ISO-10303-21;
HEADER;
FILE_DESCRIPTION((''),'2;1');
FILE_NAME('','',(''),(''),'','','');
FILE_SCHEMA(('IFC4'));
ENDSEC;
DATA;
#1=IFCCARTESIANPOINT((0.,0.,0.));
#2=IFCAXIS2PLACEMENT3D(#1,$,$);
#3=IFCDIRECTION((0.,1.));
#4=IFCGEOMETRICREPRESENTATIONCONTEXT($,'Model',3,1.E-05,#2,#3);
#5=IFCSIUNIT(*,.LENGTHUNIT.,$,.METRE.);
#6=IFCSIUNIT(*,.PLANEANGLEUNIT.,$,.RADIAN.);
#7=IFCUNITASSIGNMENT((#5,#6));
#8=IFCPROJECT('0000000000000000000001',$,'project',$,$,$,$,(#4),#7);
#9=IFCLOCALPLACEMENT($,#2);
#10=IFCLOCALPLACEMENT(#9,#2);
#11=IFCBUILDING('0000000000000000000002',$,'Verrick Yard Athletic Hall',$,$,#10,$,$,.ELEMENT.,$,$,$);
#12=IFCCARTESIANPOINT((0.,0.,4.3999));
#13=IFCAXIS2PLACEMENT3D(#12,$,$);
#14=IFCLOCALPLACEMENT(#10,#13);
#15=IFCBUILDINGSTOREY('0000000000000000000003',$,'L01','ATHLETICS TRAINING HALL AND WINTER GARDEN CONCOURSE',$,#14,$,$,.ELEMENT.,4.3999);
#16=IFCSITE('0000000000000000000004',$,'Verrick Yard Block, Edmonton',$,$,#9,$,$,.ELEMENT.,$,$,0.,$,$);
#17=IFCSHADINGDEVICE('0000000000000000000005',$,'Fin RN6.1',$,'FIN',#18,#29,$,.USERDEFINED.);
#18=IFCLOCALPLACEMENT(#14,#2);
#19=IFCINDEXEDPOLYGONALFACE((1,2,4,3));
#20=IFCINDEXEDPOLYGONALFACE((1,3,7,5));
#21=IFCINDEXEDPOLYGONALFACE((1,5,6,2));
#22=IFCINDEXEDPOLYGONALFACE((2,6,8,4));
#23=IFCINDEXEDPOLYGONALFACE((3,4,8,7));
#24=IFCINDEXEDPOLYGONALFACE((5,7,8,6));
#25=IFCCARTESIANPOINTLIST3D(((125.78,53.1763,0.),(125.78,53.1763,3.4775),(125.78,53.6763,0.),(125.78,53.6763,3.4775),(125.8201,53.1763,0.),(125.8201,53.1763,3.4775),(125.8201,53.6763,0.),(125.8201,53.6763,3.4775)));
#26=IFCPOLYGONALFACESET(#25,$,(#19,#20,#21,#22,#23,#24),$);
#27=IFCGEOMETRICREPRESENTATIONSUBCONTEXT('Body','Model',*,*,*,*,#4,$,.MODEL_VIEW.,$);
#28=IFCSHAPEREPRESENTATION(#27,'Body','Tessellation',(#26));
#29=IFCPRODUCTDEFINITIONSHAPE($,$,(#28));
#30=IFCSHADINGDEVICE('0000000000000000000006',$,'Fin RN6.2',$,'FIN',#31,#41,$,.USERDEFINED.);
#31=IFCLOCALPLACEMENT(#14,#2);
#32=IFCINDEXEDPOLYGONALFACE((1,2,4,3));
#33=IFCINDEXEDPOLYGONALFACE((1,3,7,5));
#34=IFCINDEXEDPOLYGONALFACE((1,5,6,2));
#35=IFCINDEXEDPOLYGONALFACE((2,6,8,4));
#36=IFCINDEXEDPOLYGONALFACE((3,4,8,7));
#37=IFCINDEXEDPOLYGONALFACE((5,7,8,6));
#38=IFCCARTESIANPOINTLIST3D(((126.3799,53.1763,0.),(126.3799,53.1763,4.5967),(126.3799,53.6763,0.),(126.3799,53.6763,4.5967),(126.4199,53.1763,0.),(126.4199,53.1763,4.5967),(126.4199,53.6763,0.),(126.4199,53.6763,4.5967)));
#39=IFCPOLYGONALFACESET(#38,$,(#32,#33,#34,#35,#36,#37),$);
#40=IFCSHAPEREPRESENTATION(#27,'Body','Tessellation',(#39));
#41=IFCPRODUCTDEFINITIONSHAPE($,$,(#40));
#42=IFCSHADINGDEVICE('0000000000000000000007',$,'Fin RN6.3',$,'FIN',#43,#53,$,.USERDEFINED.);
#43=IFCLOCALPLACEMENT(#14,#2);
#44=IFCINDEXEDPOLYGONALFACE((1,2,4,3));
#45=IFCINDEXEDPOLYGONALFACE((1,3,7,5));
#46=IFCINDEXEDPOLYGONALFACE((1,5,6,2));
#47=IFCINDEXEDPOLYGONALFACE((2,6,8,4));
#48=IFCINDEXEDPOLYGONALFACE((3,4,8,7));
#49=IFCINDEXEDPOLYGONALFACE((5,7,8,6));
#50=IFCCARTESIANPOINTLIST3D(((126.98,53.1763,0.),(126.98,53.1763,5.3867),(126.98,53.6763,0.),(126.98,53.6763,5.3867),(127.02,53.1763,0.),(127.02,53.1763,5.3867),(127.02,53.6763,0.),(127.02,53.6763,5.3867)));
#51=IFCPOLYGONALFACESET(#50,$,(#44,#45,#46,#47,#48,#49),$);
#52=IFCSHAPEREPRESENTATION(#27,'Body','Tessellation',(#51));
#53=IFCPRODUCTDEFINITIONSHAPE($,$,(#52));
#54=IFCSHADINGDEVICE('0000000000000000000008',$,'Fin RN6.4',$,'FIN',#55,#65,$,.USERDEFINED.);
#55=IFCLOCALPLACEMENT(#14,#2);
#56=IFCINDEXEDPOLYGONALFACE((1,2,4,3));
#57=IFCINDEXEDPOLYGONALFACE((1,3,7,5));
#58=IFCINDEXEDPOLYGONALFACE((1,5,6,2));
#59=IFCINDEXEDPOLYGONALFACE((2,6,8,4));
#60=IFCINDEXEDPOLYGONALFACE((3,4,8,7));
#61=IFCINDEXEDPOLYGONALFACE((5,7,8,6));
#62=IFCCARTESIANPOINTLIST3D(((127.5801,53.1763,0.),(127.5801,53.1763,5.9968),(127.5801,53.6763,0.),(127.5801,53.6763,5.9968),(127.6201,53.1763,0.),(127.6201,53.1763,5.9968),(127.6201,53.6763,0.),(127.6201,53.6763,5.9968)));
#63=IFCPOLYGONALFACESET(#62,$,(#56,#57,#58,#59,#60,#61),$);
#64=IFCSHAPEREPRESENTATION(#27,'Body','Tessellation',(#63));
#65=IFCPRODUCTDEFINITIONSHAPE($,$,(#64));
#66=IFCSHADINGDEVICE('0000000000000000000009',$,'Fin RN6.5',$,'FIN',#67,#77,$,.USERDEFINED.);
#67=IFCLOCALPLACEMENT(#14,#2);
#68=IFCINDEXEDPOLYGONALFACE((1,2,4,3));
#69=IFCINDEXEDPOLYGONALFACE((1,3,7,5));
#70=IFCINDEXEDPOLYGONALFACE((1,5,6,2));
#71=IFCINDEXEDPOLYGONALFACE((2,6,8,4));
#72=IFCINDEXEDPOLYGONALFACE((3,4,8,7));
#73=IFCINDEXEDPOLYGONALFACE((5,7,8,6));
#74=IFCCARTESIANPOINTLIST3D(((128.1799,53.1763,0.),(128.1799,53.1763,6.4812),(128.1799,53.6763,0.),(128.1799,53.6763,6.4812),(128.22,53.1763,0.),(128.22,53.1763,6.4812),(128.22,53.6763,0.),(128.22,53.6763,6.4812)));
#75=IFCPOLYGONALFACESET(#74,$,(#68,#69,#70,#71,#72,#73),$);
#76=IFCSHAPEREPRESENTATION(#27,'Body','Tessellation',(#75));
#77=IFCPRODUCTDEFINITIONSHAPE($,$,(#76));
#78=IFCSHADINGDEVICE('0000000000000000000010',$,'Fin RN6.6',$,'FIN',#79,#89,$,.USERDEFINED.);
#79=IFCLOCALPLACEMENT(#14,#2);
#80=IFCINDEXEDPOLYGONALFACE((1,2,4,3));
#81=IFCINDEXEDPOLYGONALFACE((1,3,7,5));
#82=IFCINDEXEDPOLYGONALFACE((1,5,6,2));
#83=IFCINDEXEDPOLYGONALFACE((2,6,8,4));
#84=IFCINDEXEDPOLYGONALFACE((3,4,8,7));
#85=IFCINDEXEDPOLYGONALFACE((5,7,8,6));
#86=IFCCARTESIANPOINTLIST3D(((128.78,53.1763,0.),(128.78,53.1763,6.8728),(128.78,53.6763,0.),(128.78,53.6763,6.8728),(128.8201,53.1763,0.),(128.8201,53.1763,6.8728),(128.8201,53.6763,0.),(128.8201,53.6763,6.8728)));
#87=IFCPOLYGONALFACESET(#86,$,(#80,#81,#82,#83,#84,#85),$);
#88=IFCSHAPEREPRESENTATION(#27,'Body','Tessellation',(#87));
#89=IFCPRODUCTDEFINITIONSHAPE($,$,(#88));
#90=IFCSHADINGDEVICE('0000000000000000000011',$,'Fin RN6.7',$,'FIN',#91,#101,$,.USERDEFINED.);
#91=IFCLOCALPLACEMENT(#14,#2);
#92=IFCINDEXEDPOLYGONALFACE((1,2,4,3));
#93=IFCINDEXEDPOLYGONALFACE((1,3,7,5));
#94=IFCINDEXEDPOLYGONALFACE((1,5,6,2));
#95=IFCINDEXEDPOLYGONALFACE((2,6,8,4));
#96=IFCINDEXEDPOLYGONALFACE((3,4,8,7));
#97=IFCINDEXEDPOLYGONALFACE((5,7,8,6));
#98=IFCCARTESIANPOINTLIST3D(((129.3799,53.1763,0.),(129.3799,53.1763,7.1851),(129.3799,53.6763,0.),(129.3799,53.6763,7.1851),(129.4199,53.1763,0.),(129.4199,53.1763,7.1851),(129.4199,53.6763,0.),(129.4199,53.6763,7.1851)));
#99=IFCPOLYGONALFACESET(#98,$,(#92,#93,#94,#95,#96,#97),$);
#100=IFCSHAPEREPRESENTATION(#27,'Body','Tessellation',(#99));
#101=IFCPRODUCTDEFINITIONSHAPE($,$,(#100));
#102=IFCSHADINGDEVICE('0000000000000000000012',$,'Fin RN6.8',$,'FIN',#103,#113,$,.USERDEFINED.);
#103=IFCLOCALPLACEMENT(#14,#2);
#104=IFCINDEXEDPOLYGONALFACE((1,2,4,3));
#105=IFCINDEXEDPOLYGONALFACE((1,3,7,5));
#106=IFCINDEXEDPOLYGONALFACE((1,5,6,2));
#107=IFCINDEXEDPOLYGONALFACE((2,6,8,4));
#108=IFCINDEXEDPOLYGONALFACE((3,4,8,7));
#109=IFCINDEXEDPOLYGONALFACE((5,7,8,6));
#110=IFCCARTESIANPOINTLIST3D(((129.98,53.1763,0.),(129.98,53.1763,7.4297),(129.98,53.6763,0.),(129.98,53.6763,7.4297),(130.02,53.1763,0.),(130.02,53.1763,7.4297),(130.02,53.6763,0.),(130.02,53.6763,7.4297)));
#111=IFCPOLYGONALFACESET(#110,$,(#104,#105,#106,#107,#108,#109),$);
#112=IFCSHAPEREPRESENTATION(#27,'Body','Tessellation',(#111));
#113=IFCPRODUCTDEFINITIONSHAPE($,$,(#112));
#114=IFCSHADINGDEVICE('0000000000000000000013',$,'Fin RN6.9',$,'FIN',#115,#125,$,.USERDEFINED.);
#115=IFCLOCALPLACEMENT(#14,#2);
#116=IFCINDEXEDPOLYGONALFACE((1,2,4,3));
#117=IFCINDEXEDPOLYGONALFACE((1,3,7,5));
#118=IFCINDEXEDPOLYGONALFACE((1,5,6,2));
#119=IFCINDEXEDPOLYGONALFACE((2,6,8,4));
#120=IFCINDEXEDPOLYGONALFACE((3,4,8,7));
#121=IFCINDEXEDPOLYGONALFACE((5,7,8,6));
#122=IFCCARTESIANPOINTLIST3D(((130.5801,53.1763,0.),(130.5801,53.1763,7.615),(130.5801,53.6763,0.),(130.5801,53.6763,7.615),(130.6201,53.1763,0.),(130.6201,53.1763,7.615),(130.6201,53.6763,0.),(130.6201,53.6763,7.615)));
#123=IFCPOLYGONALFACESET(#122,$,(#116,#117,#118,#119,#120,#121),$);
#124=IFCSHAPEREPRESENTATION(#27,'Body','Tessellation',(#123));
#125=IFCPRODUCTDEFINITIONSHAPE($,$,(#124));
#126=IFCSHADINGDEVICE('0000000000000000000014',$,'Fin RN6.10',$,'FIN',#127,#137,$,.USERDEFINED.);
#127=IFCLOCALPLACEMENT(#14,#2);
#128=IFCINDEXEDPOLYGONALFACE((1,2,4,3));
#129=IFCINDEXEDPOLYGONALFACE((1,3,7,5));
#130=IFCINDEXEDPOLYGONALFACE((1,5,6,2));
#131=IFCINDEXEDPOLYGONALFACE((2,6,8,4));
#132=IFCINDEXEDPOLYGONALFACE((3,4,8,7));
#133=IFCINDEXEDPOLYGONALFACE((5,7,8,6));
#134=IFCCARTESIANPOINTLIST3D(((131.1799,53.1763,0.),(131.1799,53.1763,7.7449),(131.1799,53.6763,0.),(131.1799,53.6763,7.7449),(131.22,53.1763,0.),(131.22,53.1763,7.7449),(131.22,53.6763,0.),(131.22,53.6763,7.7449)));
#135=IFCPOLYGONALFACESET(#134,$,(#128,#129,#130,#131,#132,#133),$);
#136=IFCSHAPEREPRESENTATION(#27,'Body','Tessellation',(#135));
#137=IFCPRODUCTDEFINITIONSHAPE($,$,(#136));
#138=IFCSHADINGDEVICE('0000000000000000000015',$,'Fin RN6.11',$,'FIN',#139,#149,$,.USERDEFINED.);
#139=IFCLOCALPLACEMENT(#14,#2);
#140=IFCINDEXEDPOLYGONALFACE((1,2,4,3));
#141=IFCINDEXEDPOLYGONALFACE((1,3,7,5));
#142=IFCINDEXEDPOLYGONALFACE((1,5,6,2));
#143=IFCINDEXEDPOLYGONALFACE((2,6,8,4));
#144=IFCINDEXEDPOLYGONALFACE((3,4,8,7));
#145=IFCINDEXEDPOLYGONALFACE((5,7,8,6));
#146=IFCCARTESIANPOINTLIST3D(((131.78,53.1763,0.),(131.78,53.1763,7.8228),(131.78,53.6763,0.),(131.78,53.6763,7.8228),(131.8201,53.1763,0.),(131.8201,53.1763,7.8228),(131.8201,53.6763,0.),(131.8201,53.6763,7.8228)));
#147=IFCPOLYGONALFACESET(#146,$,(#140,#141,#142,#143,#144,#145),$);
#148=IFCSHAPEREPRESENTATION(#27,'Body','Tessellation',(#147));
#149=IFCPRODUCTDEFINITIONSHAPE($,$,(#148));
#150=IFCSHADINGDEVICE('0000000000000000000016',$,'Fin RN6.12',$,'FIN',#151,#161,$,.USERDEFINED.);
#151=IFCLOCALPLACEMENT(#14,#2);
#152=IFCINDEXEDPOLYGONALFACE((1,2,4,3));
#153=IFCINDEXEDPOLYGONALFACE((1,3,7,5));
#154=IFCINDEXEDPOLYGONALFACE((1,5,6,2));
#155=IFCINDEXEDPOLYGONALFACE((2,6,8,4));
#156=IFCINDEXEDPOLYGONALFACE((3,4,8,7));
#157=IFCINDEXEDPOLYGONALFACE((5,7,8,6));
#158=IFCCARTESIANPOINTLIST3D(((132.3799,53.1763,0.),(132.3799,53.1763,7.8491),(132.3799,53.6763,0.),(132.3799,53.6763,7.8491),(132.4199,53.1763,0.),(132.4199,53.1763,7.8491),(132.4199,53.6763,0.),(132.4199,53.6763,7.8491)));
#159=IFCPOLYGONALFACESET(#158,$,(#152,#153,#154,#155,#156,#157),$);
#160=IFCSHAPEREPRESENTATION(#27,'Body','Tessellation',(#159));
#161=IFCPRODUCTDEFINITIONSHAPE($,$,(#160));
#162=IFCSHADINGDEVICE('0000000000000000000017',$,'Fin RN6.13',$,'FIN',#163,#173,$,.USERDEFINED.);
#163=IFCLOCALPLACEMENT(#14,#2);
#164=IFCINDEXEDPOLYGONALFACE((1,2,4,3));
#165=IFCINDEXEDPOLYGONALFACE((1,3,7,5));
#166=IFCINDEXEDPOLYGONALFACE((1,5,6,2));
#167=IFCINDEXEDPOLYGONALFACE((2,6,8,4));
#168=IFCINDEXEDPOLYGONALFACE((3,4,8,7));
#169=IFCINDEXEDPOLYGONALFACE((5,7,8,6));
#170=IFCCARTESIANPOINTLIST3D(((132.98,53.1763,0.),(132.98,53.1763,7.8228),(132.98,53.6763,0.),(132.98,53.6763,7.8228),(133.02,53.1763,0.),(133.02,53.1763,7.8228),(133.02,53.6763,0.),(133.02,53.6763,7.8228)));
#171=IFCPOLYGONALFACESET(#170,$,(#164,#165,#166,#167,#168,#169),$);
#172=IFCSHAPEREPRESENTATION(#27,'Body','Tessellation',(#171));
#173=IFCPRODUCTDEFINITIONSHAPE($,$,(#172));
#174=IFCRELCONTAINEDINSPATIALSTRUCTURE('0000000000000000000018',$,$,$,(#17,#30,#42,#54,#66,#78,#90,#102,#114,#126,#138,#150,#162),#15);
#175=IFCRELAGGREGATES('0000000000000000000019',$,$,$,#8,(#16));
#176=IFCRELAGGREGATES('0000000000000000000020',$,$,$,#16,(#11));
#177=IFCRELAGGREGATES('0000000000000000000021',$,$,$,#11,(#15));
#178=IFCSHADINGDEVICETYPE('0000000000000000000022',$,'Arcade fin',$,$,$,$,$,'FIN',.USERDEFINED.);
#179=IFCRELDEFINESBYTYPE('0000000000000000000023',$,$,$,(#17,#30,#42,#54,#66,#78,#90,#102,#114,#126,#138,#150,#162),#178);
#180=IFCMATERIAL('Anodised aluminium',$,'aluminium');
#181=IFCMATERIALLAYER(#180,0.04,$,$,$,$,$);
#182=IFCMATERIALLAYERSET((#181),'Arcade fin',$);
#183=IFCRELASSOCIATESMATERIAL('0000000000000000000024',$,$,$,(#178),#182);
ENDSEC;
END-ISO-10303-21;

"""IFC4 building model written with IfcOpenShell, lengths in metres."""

from ifc_helpers import new_model, si_unit, direction, frame, origin, place, context, subcontext, project, spatial, polyline, outline, extrude, material, layer, layer_set, type_object, element, save


model = new_model("IFC4")

# Units and contexts
model_context = context("Model", 3, precision=1e-05, world=origin(), true_north=direction((0.0, 1.0)))
body_context = subcontext(model_context, "Body", "Model", "MODEL_VIEW")
ifc_project = project(units=[si_unit("LENGTHUNIT", "METRE"), si_unit("PLANEANGLEUNIT", "RADIAN")], contexts=[model_context])

# Site, building, storey
site_placement = place(None, origin())
site = spatial("IfcSite", under=ifc_project, at=site_placement, Name="Verrick Yard Block, Edmonton", CompositionType="ELEMENT", RefElevation=0.0)
building_placement = place(site_placement, origin())
building = spatial("IfcBuilding", under=site, at=building_placement, Name="Verrick Yard Athletic Hall", CompositionType="ELEMENT")
storey_placement = place(building_placement, frame((0.0, 0.0, 4.3999)))
storey = spatial("IfcBuildingStorey", under=building, at=storey_placement, Name="L01", Description="ATHLETICS TRAINING HALL AND WINTER GARDEN CONCOURSE", CompositionType="ELEMENT", Elevation=4.3999)

# Shading devices
ifc_material_1 = material(Name="Anodised aluminium", Category="aluminium")
ifc_layer_1 = layer(ifc_material_1, 0.04)
ifc_layer_set_1 = layer_set([ifc_layer_1], Name="Arcade fin")
shading_device_type_1 = type_object("IfcShadingDeviceType", Name="Arcade fin", ElementType="FIN", PredefinedType="USERDEFINED", material=ifc_layer_set_1)
shading_device_1_placement = place(storey_placement, frame((125.8, 53.1763, 0.0), z_axis=(0.0, 0.0, 1.0), x_axis=(0.0, 1.0, 0.0)))
element("IfcShadingDevice", 1, at=shading_device_1_placement, inside=storey, type_object=shading_device_type_1, Name="Fin RN6.1", ObjectType="FIN", PredefinedType="USERDEFINED", context=body_context, shape_type="SweptSolid", body=[
    extrude(outline(polyline([(0.0, 0.0), (0.5, 0.0), (0.5, 3.4775), (0.0, 3.4775), (0.0, 0.0)])), frame((0.0, 0.02, 0.0), z_axis=(0.0, -1.0, 0.0), x_axis=(1.0, 0.0, 0.0)), (0.0, 0.0, 1.0), 0.04),
])
shading_device_2_placement = place(storey_placement, frame((126.3999, 53.1763, 0.0), z_axis=(0.0, 0.0, 1.0), x_axis=(0.0, 1.0, 0.0)))
element("IfcShadingDevice", 2, at=shading_device_2_placement, inside=storey, type_object=shading_device_type_1, Name="Fin RN6.2", ObjectType="FIN", PredefinedType="USERDEFINED", context=body_context, shape_type="SweptSolid", body=[
    extrude(outline(polyline([(0.0, 0.0), (0.5, 0.0), (0.5, 4.5967), (0.0, 4.5967), (0.0, 0.0)])), frame((0.0, 0.02, 0.0), z_axis=(0.0, -1.0, 0.0), x_axis=(1.0, 0.0, 0.0)), (0.0, 0.0, 1.0), 0.04),
])
shading_device_3_placement = place(storey_placement, frame((127.0, 53.1763, 0.0), z_axis=(0.0, 0.0, 1.0), x_axis=(0.0, 1.0, 0.0)))
element("IfcShadingDevice", 3, at=shading_device_3_placement, inside=storey, type_object=shading_device_type_1, Name="Fin RN6.3", ObjectType="FIN", PredefinedType="USERDEFINED", context=body_context, shape_type="SweptSolid", body=[
    extrude(outline(polyline([(0.0, 0.0), (0.5, 0.0), (0.5, 5.3867), (0.0, 5.3867), (0.0, 0.0)])), frame((0.0, 0.02, 0.0), z_axis=(0.0, -1.0, 0.0), x_axis=(1.0, 0.0, 0.0)), (0.0, 0.0, 1.0), 0.04),
])
shading_device_4_placement = place(storey_placement, frame((127.6001, 53.1763, 0.0), z_axis=(0.0, 0.0, 1.0), x_axis=(0.0, 1.0, 0.0)))
element("IfcShadingDevice", 4, at=shading_device_4_placement, inside=storey, type_object=shading_device_type_1, Name="Fin RN6.4", ObjectType="FIN", PredefinedType="USERDEFINED", context=body_context, shape_type="SweptSolid", body=[
    extrude(outline(polyline([(0.0, 0.0), (0.5, 0.0), (0.5, 5.9968), (0.0, 5.9968), (0.0, 0.0)])), frame((0.0, 0.02, 0.0), z_axis=(0.0, -1.0, 0.0), x_axis=(1.0, 0.0, 0.0)), (0.0, 0.0, 1.0), 0.04),
])
shading_device_5_placement = place(storey_placement, frame((128.2, 53.1763, 0.0), z_axis=(0.0, 0.0, 1.0), x_axis=(0.0, 1.0, 0.0)))
element("IfcShadingDevice", 5, at=shading_device_5_placement, inside=storey, type_object=shading_device_type_1, Name="Fin RN6.5", ObjectType="FIN", PredefinedType="USERDEFINED", context=body_context, shape_type="SweptSolid", body=[
    extrude(outline(polyline([(0.0, 0.0), (0.5, 0.0), (0.5, 6.4812), (0.0, 6.4812), (0.0, 0.0)])), frame((0.0, 0.02, 0.0), z_axis=(0.0, -1.0, 0.0), x_axis=(1.0, 0.0, 0.0)), (0.0, 0.0, 1.0), 0.04),
])
shading_device_6_placement = place(storey_placement, frame((128.8, 53.1763, 0.0), z_axis=(0.0, 0.0, 1.0), x_axis=(0.0, 1.0, 0.0)))
element("IfcShadingDevice", 6, at=shading_device_6_placement, inside=storey, type_object=shading_device_type_1, Name="Fin RN6.6", ObjectType="FIN", PredefinedType="USERDEFINED", context=body_context, shape_type="SweptSolid", body=[
    extrude(outline(polyline([(0.0, 0.0), (0.5, 0.0), (0.5, 6.8728), (0.0, 6.8728), (0.0, 0.0)])), frame((0.0, 0.02, 0.0), z_axis=(0.0, -1.0, 0.0), x_axis=(1.0, 0.0, 0.0)), (0.0, 0.0, 1.0), 0.04),
])
shading_device_7_placement = place(storey_placement, frame((129.3999, 53.1763, 0.0), z_axis=(0.0, 0.0, 1.0), x_axis=(0.0, 1.0, 0.0)))
element("IfcShadingDevice", 7, at=shading_device_7_placement, inside=storey, type_object=shading_device_type_1, Name="Fin RN6.7", ObjectType="FIN", PredefinedType="USERDEFINED", context=body_context, shape_type="SweptSolid", body=[
    extrude(outline(polyline([(0.0, 0.0), (0.5, 0.0), (0.5, 7.1851), (0.0, 7.1851), (0.0, 0.0)])), frame((0.0, 0.02, 0.0), z_axis=(0.0, -1.0, 0.0), x_axis=(1.0, 0.0, 0.0)), (0.0, 0.0, 1.0), 0.04),
])
shading_device_8_placement = place(storey_placement, frame((130.0, 53.1763, 0.0), z_axis=(0.0, 0.0, 1.0), x_axis=(0.0, 1.0, 0.0)))
element("IfcShadingDevice", 8, at=shading_device_8_placement, inside=storey, type_object=shading_device_type_1, Name="Fin RN6.8", ObjectType="FIN", PredefinedType="USERDEFINED", context=body_context, shape_type="SweptSolid", body=[
    extrude(outline(polyline([(0.0, 0.0), (0.5, 0.0), (0.5, 7.4297), (0.0, 7.4297), (0.0, 0.0)])), frame((0.0, 0.02, 0.0), z_axis=(0.0, -1.0, 0.0), x_axis=(1.0, 0.0, 0.0)), (0.0, 0.0, 1.0), 0.04),
])
shading_device_9_placement = place(storey_placement, frame((130.6001, 53.1763, 0.0), z_axis=(0.0, 0.0, 1.0), x_axis=(0.0, 1.0, 0.0)))
element("IfcShadingDevice", 9, at=shading_device_9_placement, inside=storey, type_object=shading_device_type_1, Name="Fin RN6.9", ObjectType="FIN", PredefinedType="USERDEFINED", context=body_context, shape_type="SweptSolid", body=[
    extrude(outline(polyline([(0.0, 0.0), (0.5, 0.0), (0.5, 7.615), (0.0, 7.615), (0.0, 0.0)])), frame((0.0, 0.02, 0.0), z_axis=(0.0, -1.0, 0.0), x_axis=(1.0, 0.0, 0.0)), (0.0, 0.0, 1.0), 0.04),
])
shading_device_10_placement = place(storey_placement, frame((131.2, 53.1763, 0.0), z_axis=(0.0, 0.0, 1.0), x_axis=(0.0, 1.0, 0.0)))
element("IfcShadingDevice", 10, at=shading_device_10_placement, inside=storey, type_object=shading_device_type_1, Name="Fin RN6.10", ObjectType="FIN", PredefinedType="USERDEFINED", context=body_context, shape_type="SweptSolid", body=[
    extrude(outline(polyline([(0.0, 0.0), (0.5, 0.0), (0.5, 7.7449), (0.0, 7.7449), (0.0, 0.0)])), frame((0.0, 0.02, 0.0), z_axis=(0.0, -1.0, 0.0), x_axis=(1.0, 0.0, 0.0)), (0.0, 0.0, 1.0), 0.04),
])
shading_device_11_placement = place(storey_placement, frame((131.8, 53.1763, 0.0), z_axis=(0.0, 0.0, 1.0), x_axis=(0.0, 1.0, 0.0)))
element("IfcShadingDevice", 11, at=shading_device_11_placement, inside=storey, type_object=shading_device_type_1, Name="Fin RN6.11", ObjectType="FIN", PredefinedType="USERDEFINED", context=body_context, shape_type="SweptSolid", body=[
    extrude(outline(polyline([(0.0, 0.0), (0.5, 0.0), (0.5, 7.8228), (0.0, 7.8228), (0.0, 0.0)])), frame((0.0, 0.02, 0.0), z_axis=(0.0, -1.0, 0.0), x_axis=(1.0, 0.0, 0.0)), (0.0, 0.0, 1.0), 0.04),
])
shading_device_12_placement = place(storey_placement, frame((132.3999, 53.1763, 0.0), z_axis=(0.0, 0.0, 1.0), x_axis=(0.0, 1.0, 0.0)))
element("IfcShadingDevice", 12, at=shading_device_12_placement, inside=storey, type_object=shading_device_type_1, Name="Fin RN6.12", ObjectType="FIN", PredefinedType="USERDEFINED", context=body_context, shape_type="SweptSolid", body=[
    extrude(outline(polyline([(0.0, 0.0), (0.5, 0.0), (0.5, 7.8491), (0.0, 7.8491), (0.0, 0.0)])), frame((0.0, 0.02, 0.0), z_axis=(0.0, -1.0, 0.0), x_axis=(1.0, 0.0, 0.0)), (0.0, 0.0, 1.0), 0.04),
])
shading_device_13_placement = place(storey_placement, frame((133.0, 53.1763, 0.0), z_axis=(0.0, 0.0, 1.0), x_axis=(0.0, 1.0, 0.0)))
element("IfcShadingDevice", 13, at=shading_device_13_placement, inside=storey, type_object=shading_device_type_1, Name="Fin RN6.13", ObjectType="FIN", PredefinedType="USERDEFINED", context=body_context, shape_type="SweptSolid", body=[
    extrude(outline(polyline([(0.0, 0.0), (0.5, 0.0), (0.5, 7.8228), (0.0, 7.8228), (0.0, 0.0)])), frame((0.0, 0.02, 0.0), z_axis=(0.0, -1.0, 0.0), x_axis=(1.0, 0.0, 0.0)), (0.0, 0.0, 1.0), 0.04),
])

save(model, "model.ifc")
